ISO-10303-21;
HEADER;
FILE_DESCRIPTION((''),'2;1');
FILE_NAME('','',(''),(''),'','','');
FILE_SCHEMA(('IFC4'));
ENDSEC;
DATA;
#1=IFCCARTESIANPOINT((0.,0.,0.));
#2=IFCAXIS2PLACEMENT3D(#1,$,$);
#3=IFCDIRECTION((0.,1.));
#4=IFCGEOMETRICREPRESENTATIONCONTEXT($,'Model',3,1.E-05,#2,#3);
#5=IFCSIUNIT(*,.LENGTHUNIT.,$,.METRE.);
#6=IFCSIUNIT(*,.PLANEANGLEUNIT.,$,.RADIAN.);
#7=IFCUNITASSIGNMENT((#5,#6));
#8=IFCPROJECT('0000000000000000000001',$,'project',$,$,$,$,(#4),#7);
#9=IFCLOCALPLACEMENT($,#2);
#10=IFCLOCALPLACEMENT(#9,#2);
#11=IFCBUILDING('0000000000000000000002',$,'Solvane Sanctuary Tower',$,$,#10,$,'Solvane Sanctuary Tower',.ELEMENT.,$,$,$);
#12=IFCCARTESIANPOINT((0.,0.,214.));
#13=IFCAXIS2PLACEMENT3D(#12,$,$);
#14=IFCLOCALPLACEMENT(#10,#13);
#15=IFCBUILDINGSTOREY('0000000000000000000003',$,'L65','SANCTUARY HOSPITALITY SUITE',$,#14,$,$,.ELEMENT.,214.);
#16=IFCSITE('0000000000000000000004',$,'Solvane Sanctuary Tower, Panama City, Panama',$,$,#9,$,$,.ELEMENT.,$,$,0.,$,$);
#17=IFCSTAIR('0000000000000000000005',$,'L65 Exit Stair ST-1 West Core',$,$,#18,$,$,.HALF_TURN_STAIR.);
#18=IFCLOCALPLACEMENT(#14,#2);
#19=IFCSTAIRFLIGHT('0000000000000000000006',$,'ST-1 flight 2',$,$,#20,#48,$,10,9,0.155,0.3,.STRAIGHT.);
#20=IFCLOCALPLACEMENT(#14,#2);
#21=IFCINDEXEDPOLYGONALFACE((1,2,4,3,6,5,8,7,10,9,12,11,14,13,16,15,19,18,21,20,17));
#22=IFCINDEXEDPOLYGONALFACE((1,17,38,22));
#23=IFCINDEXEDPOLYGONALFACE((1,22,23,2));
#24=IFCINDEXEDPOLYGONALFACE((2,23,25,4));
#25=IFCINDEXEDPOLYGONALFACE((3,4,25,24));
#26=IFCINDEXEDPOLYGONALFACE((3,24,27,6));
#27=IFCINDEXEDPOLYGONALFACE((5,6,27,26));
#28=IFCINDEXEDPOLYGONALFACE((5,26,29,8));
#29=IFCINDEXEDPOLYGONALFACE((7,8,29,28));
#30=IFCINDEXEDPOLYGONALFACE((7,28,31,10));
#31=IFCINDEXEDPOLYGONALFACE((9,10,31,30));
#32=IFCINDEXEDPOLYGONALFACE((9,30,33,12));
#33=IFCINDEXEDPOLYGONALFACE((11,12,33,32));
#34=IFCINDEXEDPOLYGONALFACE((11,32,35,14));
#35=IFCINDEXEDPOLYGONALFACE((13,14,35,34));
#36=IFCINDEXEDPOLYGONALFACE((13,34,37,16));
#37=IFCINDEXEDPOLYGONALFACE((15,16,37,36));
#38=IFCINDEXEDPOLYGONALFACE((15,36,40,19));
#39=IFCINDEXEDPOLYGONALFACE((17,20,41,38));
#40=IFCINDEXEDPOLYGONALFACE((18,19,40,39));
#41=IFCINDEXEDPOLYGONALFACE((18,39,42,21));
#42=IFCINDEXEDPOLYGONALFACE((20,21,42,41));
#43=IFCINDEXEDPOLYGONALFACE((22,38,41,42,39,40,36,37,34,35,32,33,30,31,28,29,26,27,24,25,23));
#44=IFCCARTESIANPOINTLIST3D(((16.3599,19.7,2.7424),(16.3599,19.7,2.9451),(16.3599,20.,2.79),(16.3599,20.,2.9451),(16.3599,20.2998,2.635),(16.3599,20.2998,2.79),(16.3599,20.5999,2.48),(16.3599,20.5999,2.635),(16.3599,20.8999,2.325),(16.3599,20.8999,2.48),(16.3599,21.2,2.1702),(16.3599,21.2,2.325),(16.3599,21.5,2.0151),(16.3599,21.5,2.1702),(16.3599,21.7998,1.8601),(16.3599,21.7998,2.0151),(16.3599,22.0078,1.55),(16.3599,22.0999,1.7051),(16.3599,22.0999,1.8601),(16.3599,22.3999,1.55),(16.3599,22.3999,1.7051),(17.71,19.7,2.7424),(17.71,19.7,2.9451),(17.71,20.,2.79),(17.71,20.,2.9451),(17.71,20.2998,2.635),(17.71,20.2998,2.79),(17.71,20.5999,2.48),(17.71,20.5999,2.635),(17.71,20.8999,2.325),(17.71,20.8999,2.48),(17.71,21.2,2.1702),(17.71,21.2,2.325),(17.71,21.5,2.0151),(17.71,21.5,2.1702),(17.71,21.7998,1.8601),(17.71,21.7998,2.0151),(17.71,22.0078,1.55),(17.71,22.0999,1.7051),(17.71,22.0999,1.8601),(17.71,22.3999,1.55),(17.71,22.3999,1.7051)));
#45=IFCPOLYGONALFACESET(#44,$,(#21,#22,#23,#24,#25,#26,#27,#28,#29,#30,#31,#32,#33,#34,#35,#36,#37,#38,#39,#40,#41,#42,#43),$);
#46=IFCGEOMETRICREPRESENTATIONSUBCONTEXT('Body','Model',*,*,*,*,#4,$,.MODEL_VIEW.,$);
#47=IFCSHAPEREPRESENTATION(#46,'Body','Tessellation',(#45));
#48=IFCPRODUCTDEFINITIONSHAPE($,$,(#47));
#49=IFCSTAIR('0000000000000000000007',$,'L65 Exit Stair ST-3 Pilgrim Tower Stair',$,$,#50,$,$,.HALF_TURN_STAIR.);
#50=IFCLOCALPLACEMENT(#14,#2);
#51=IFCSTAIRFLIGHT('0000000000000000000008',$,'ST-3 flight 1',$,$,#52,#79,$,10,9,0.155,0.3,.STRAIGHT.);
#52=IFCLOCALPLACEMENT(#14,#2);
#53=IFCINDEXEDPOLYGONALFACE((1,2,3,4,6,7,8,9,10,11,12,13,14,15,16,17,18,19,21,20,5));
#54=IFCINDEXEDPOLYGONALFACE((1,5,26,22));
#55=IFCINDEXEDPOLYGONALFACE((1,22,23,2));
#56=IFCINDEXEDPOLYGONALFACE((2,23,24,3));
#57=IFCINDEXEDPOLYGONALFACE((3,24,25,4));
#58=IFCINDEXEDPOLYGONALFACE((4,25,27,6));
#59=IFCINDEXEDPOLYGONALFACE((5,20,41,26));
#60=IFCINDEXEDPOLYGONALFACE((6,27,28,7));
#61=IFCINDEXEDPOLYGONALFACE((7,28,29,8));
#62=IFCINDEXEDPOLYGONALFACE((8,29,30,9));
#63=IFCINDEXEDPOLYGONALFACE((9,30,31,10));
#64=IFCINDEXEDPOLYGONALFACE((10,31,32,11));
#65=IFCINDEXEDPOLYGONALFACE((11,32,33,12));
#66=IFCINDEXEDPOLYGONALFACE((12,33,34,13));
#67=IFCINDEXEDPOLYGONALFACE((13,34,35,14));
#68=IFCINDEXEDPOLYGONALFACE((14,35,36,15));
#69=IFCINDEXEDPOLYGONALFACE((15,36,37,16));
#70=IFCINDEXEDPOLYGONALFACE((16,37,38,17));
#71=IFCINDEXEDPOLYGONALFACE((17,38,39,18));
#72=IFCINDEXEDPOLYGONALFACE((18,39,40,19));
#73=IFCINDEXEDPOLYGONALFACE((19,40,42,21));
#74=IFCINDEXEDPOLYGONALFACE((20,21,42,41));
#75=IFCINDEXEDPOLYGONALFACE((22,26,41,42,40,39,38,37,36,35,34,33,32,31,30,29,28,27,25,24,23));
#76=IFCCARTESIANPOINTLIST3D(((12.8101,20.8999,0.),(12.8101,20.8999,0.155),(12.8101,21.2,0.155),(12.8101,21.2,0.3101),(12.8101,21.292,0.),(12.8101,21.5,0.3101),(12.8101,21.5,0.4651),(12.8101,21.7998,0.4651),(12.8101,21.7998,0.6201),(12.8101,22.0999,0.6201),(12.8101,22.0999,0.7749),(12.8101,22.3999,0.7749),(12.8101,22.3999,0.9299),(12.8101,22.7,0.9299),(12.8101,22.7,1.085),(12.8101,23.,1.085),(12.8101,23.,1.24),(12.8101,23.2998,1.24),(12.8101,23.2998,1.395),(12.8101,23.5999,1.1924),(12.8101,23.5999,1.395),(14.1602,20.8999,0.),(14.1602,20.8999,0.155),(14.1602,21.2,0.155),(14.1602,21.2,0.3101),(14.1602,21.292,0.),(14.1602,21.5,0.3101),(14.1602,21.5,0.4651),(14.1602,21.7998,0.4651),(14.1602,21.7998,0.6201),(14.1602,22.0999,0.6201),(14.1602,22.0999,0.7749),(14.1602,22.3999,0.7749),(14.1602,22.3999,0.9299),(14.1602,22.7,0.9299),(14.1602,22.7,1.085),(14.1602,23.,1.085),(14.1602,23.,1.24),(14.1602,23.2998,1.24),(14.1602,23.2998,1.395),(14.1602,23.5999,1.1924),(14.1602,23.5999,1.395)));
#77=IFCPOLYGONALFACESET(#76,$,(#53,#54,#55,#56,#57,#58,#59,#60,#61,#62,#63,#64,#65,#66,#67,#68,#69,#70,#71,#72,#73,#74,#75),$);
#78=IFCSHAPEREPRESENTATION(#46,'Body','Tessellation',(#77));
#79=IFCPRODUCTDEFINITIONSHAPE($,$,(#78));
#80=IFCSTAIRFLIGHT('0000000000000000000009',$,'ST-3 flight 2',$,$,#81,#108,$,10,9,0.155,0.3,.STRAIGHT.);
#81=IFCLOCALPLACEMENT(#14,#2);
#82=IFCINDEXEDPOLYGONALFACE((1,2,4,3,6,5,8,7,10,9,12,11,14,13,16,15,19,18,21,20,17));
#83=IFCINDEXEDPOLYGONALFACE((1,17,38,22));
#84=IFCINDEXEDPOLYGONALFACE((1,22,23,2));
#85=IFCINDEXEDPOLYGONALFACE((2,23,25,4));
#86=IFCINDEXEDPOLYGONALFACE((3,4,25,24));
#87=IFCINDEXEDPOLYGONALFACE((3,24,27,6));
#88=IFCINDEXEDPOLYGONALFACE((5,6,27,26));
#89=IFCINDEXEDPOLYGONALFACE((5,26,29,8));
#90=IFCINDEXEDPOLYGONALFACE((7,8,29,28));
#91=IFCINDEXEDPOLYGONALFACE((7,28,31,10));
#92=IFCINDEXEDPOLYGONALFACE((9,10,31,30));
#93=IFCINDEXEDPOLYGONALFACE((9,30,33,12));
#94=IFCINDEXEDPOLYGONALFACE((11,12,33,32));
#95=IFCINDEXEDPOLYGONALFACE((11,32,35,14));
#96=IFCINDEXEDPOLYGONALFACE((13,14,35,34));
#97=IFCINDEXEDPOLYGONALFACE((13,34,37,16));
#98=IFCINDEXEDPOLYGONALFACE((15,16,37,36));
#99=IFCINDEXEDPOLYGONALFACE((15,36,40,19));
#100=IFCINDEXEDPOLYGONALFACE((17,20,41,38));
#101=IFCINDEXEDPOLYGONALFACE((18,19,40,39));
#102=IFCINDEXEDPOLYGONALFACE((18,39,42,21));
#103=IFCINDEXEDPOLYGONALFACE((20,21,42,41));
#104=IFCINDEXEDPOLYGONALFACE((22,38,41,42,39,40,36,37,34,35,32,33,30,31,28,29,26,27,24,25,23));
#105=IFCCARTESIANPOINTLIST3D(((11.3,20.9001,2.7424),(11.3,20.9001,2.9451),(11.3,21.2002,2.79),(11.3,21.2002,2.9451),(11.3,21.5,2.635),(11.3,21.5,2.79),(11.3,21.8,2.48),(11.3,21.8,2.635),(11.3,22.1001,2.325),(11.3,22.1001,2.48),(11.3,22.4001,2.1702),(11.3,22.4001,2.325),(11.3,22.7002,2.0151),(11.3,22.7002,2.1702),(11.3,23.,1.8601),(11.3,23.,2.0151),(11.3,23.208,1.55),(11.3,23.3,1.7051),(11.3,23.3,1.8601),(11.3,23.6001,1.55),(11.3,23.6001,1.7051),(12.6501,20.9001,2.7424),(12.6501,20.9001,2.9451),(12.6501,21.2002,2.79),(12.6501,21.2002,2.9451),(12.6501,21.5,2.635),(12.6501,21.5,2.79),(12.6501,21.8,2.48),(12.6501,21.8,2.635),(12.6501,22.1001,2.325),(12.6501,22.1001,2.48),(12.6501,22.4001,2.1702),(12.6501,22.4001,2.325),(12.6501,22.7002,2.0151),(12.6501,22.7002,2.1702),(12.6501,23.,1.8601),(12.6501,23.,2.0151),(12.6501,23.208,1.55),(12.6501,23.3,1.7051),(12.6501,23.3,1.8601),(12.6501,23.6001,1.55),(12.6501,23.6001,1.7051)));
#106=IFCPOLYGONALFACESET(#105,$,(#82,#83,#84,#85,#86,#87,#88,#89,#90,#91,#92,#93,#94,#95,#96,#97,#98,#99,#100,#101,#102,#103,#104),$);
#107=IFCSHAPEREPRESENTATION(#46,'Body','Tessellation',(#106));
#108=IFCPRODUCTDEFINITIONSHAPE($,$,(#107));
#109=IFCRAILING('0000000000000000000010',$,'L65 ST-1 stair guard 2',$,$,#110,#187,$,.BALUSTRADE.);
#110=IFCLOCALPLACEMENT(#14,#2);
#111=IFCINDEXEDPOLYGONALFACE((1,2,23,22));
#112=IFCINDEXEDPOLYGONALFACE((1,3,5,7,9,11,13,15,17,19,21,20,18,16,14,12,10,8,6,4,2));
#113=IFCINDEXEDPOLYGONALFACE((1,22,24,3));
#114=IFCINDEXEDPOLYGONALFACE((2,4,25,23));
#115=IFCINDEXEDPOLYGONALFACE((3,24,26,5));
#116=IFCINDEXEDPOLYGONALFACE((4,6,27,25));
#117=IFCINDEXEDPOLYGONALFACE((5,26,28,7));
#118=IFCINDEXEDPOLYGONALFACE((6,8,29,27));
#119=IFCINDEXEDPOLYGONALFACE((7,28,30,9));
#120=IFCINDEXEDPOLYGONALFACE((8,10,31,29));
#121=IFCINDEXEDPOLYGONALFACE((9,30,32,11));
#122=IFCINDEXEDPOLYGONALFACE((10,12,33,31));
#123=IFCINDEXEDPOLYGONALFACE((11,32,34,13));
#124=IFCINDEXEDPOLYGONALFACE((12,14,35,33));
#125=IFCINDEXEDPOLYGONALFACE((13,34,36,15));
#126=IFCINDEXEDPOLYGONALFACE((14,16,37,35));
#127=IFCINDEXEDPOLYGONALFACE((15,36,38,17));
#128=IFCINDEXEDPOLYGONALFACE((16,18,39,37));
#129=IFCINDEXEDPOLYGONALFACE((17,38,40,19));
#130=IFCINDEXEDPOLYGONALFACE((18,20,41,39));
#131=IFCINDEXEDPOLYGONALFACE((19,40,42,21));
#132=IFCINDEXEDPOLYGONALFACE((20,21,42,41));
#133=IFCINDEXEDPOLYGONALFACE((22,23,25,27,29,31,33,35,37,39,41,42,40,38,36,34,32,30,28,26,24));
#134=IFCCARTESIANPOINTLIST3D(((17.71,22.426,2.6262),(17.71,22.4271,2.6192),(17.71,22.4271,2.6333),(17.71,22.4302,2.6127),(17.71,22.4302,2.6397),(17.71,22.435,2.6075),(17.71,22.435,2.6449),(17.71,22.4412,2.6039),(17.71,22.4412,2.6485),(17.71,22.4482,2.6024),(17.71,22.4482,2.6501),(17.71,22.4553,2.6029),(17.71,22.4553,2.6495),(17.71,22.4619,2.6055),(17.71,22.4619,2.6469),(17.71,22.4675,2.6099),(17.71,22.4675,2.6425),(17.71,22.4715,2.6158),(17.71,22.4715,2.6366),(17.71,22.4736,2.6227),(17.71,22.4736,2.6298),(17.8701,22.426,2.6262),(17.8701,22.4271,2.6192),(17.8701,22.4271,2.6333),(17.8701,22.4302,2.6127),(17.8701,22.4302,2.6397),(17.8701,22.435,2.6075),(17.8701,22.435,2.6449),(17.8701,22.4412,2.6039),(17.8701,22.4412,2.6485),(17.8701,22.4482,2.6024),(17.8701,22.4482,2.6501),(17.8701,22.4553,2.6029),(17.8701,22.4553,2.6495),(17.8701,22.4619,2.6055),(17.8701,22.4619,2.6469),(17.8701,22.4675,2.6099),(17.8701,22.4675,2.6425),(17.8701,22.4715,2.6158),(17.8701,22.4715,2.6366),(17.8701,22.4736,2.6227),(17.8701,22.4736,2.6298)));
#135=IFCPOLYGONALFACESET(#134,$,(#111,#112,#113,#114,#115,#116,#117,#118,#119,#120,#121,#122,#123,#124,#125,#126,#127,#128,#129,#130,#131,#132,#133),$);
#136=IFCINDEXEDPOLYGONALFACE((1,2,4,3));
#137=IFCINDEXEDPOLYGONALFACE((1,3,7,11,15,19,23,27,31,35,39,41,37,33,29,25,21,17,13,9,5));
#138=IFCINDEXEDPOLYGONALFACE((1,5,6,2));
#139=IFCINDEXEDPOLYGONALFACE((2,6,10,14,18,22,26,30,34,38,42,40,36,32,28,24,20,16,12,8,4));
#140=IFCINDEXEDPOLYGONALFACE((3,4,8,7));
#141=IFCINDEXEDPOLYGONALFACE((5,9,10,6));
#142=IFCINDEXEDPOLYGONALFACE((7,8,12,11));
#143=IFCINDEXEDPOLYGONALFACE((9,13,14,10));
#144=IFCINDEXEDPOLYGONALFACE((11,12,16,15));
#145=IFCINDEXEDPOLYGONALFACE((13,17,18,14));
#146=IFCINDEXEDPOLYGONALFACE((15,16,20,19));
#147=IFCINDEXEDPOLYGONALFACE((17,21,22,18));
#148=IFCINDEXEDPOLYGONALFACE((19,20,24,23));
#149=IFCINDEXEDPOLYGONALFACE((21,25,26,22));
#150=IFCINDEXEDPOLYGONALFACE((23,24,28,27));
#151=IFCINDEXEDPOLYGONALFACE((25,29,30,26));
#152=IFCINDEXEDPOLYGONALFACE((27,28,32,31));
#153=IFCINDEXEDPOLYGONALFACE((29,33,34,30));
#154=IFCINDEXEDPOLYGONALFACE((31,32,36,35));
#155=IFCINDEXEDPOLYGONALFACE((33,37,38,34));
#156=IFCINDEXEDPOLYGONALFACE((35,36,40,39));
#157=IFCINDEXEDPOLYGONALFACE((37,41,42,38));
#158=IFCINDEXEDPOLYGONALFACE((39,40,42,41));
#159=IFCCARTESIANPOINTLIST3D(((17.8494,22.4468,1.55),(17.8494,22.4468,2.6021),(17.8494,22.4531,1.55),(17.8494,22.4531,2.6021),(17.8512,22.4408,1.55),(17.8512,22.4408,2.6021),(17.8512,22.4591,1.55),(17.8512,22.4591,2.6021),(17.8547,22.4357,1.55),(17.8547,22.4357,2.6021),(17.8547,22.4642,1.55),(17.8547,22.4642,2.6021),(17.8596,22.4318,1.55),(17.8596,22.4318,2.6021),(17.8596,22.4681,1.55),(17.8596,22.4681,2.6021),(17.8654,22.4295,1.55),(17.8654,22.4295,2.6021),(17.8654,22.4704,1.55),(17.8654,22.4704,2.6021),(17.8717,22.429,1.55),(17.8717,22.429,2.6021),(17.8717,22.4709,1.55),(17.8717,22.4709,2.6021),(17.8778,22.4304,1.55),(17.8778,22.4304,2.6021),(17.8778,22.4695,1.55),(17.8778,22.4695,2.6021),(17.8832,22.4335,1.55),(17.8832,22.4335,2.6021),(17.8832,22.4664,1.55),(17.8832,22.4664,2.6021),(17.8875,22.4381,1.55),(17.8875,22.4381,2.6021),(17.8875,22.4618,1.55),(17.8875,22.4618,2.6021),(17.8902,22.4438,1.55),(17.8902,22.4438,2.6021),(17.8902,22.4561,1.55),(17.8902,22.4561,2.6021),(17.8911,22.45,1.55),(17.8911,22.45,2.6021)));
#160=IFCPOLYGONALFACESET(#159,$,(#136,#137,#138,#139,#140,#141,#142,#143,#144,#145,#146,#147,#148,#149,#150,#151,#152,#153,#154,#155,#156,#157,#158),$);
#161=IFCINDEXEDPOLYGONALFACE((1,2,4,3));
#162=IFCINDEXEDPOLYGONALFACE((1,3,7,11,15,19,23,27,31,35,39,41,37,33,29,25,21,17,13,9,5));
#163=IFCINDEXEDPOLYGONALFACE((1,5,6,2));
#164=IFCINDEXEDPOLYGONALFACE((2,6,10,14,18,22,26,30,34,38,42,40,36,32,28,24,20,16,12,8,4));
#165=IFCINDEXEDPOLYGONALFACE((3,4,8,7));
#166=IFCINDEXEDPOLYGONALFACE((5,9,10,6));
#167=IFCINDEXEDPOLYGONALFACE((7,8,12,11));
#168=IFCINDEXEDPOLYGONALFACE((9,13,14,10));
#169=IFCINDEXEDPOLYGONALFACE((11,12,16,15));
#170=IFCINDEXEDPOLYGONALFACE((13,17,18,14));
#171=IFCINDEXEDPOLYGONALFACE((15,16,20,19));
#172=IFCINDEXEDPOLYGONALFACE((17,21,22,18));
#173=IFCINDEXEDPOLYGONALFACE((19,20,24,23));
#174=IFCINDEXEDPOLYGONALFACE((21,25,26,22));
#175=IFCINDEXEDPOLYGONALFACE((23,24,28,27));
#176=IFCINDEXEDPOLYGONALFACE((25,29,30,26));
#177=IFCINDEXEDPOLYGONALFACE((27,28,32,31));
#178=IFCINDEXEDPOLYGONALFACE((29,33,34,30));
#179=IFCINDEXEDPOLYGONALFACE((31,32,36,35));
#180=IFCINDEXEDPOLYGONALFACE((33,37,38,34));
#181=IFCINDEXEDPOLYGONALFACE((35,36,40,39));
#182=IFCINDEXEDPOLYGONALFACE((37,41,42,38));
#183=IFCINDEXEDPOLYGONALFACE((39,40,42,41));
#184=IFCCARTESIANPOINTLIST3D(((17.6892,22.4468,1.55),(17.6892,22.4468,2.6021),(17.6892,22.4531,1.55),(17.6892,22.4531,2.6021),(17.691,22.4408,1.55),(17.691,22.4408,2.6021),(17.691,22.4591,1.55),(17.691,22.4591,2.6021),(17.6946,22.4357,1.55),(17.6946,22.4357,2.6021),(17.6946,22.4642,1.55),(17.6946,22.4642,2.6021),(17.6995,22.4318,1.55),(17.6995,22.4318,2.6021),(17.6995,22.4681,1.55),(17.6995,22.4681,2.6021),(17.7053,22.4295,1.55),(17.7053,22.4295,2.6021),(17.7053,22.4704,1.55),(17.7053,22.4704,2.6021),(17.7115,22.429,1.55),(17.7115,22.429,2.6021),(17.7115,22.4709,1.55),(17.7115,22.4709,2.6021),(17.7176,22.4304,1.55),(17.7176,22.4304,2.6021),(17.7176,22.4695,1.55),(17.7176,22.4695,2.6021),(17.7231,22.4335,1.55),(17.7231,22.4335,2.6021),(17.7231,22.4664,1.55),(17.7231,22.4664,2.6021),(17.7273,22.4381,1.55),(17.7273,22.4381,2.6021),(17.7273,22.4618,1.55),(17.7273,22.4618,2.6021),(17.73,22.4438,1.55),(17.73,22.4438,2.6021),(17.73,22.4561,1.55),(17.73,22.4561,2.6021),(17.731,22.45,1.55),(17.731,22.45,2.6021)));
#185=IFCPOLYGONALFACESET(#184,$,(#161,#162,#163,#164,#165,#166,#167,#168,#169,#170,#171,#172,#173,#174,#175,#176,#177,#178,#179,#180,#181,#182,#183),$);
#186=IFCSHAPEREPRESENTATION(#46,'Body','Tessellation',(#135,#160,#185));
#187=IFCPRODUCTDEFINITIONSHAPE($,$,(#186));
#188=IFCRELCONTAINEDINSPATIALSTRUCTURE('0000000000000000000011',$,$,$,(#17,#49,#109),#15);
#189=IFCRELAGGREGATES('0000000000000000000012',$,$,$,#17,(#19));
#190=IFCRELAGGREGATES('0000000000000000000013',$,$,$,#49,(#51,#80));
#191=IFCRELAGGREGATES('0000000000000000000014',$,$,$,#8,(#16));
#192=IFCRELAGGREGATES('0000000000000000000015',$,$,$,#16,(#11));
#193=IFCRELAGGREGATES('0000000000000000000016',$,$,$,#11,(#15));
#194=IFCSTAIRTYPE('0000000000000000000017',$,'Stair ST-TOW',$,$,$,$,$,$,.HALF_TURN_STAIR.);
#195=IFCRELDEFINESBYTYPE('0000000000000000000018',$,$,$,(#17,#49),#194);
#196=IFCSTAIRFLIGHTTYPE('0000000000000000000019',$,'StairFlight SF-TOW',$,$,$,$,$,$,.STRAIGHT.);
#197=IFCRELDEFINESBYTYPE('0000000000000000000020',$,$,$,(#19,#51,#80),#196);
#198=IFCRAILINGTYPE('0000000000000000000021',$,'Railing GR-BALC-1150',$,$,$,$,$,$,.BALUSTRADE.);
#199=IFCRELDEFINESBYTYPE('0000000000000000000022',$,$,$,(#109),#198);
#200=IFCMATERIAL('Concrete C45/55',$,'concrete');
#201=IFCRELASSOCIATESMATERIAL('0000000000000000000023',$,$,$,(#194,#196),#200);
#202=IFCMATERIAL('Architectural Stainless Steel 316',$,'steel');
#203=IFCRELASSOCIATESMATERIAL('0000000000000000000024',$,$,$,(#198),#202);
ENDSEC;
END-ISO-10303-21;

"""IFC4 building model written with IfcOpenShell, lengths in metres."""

from ifc_helpers import new_model, si_unit, direction, frame, origin, origin_2d, place, context, subcontext, project, spatial, polyline, circle, outline, extrude, material, type_object, element, aggregate, save


model = new_model("IFC4")

# Units and contexts
model_context = context("Model", 3, precision=1e-05, world=origin(), true_north=direction((0.0, 1.0)))
body_context = subcontext(model_context, "Body", "Model", "MODEL_VIEW")
ifc_project = project(units=[si_unit("LENGTHUNIT", "METRE"), si_unit("PLANEANGLEUNIT", "RADIAN")], contexts=[model_context])

# Site, building, storey
site_placement = place(None, origin())
site = spatial("IfcSite", under=ifc_project, at=site_placement, Name="Solvane Sanctuary Tower, Panama City, Panama", CompositionType="ELEMENT", RefElevation=0.0)
building_placement = place(site_placement, origin())
building = spatial("IfcBuilding", under=site, at=building_placement, Name="Solvane Sanctuary Tower", LongName="Solvane Sanctuary Tower", CompositionType="ELEMENT")
storey_placement = place(building_placement, frame((0.0, 0.0, 214.0)))
storey = spatial("IfcBuildingStorey", under=building, at=storey_placement, Name="L65", Description="SANCTUARY HOSPITALITY SUITE", CompositionType="ELEMENT", Elevation=214.0)

# Shared definitions
ifc_material_1 = material(Name="Architectural Stainless Steel 316", Category="steel")

# Stair, stair flight
ifc_material_2 = material(Name="Concrete C45/55", Category="concrete")
stair_type = type_object("IfcStairType", Name="Stair ST-TOW", PredefinedType="HALF_TURN_STAIR", material=ifc_material_2)
stair_1_placement = place(storey_placement, origin())
stair_1 = element("IfcStair", 1, at=stair_1_placement, inside=storey, type_object=stair_type, Name="L65 Exit Stair ST-1 West Core", PredefinedType="HALF_TURN_STAIR")
stair_flight_type = type_object("IfcStairFlightType", Name="StairFlight SF-TOW", PredefinedType="STRAIGHT", material=ifc_material_2)
stair_flight_1_placement = place(storey_placement, frame((17.0349, 22.3999, 1.55), z_axis=(0.0, 0.0, 1.0), x_axis=(0.0, -1.0, 0.0)))
stair_flight_1 = element("IfcStairFlight", 2, at=stair_flight_1_placement, type_object=stair_flight_type, Name="ST-1 flight 2", NumberOfRisers=10, NumberOfTreads=9, PredefinedType="STRAIGHT", RiserHeight=0.155, TreadLength=0.3, context=body_context, shape_type="SweptSolid", body=[
    extrude(outline(polyline([(0.0, 0.0), (0.0, 0.155), (0.3, 0.155), (0.3, 0.3101), (0.6001, 0.3101), (0.6001, 0.4651), (0.8999, 0.4651), (0.8999, 0.6201), (1.2, 0.6201), (1.2, 0.7749), (1.5, 0.7749), (1.5, 0.9299), (1.8, 0.9299), (1.8, 1.085), (2.1001, 1.085), (2.1001, 1.24), (2.3999, 1.24), (2.3999, 1.395), (2.7, 1.395), (2.7, 1.55), (2.7, 1.1924), (0.3921, 0.0), (0.0, 0.0)])), frame((0.0, 0.675, 0.0), z_axis=(0.0, -1.0, 0.0), x_axis=(1.0, 0.0, 0.0)), (0.0, 0.0, 1.0), 1.3501),
])
aggregate(stair_1, [stair_flight_1])

# Stair, stair flights
stair_2_placement = place(storey_placement, origin())
stair_2 = element("IfcStair", 3, at=stair_2_placement, inside=storey, type_object=stair_type, Name="L65 Exit Stair ST-3 Pilgrim Tower Stair", PredefinedType="HALF_TURN_STAIR")
stair_flight_2_placement = place(storey_placement, frame((13.4851, 20.8999, 0.0), z_axis=(0.0, 0.0, 1.0), x_axis=(0.0, 1.0, 0.0)))
stair_flight_2 = element("IfcStairFlight", 4, at=stair_flight_2_placement, type_object=stair_flight_type, Name="ST-3 flight 1", NumberOfRisers=10, NumberOfTreads=9, PredefinedType="STRAIGHT", RiserHeight=0.155, TreadLength=0.3, context=body_context, shape_type="SweptSolid", body=[
    extrude(outline(polyline([(0.0, 0.0), (0.0, 0.155), (0.3, 0.155), (0.3, 0.3101), (0.6001, 0.3101), (0.6001, 0.4651), (0.8999, 0.4651), (0.8999, 0.6201), (1.2, 0.6201), (1.2, 0.7749), (1.5, 0.7749), (1.5, 0.9299), (1.8, 0.9299), (1.8, 1.085), (2.1001, 1.085), (2.1001, 1.24), (2.3999, 1.24), (2.3999, 1.395), (2.7, 1.395), (2.7, 1.55), (2.7, 1.1924), (0.3921, 0.0), (0.0, 0.0)])), frame((0.0, 0.675, 0.0), z_axis=(0.0, -1.0, 0.0), x_axis=(1.0, 0.0, 0.0)), (0.0, 0.0, 1.0), 1.3501),
])
stair_flight_3_placement = place(storey_placement, frame((11.9751, 23.6001, 1.55), z_axis=(0.0, 0.0, 1.0), x_axis=(0.0, -1.0, 0.0)))
stair_flight_3 = element("IfcStairFlight", 5, at=stair_flight_3_placement, type_object=stair_flight_type, Name="ST-3 flight 2", NumberOfRisers=10, NumberOfTreads=9, PredefinedType="STRAIGHT", RiserHeight=0.155, TreadLength=0.3, context=body_context, shape_type="SweptSolid", body=[
    extrude(outline(polyline([(0.0, 0.0), (0.0, 0.155), (0.3, 0.155), (0.3, 0.3101), (0.6001, 0.3101), (0.6001, 0.4651), (0.8999, 0.4651), (0.8999, 0.6201), (1.2, 0.6201), (1.2, 0.7749), (1.5, 0.7749), (1.5, 0.9299), (1.8, 0.9299), (1.8, 1.085), (2.1001, 1.085), (2.1001, 1.24), (2.3999, 1.24), (2.3999, 1.395), (2.7, 1.395), (2.7, 1.55), (2.7, 1.1924), (0.3921, 0.0), (0.0, 0.0)])), frame((0.0, 0.675, 0.0), z_axis=(0.0, -1.0, 0.0), x_axis=(1.0, 0.0, 0.0)), (0.0, 0.0, 1.0), 1.3501),
])
aggregate(stair_2, [stair_flight_2, stair_flight_3])

# Railing
railing_type_1 = type_object("IfcRailingType", Name="Railing GR-BALC-1150", PredefinedType="BALUSTRADE", material=ifc_material_1)
railing_1_placement = place(storey_placement, frame((17.8701, 22.45, 1.55)))
element("IfcRailing", 6, at=railing_1_placement, inside=storey, type_object=railing_type_1, Name="L65 ST-1 stair guard 2", PredefinedType="BALUSTRADE", context=body_context, shape_type="SweptSolid", body=[
    extrude(circle(Radius=0.0239, at=origin_2d()), frame((0.0, 0.0, 1.0762), z_axis=(-1.0, 0.0, 0.0), x_axis=(0.0, -1.0, 0.0)), (0.0, 0.0, 1.0), 0.1602),
    extrude(circle(Radius=0.021, at=origin_2d()), origin(), (0.0, 0.0, 1.0), 1.052),
    extrude(circle(Radius=0.021, at=origin_2d()), frame((-0.1602, 0.0, 0.0)), (0.0, 0.0, 1.0), 1.052),
])

save(model, "model.ifc")
